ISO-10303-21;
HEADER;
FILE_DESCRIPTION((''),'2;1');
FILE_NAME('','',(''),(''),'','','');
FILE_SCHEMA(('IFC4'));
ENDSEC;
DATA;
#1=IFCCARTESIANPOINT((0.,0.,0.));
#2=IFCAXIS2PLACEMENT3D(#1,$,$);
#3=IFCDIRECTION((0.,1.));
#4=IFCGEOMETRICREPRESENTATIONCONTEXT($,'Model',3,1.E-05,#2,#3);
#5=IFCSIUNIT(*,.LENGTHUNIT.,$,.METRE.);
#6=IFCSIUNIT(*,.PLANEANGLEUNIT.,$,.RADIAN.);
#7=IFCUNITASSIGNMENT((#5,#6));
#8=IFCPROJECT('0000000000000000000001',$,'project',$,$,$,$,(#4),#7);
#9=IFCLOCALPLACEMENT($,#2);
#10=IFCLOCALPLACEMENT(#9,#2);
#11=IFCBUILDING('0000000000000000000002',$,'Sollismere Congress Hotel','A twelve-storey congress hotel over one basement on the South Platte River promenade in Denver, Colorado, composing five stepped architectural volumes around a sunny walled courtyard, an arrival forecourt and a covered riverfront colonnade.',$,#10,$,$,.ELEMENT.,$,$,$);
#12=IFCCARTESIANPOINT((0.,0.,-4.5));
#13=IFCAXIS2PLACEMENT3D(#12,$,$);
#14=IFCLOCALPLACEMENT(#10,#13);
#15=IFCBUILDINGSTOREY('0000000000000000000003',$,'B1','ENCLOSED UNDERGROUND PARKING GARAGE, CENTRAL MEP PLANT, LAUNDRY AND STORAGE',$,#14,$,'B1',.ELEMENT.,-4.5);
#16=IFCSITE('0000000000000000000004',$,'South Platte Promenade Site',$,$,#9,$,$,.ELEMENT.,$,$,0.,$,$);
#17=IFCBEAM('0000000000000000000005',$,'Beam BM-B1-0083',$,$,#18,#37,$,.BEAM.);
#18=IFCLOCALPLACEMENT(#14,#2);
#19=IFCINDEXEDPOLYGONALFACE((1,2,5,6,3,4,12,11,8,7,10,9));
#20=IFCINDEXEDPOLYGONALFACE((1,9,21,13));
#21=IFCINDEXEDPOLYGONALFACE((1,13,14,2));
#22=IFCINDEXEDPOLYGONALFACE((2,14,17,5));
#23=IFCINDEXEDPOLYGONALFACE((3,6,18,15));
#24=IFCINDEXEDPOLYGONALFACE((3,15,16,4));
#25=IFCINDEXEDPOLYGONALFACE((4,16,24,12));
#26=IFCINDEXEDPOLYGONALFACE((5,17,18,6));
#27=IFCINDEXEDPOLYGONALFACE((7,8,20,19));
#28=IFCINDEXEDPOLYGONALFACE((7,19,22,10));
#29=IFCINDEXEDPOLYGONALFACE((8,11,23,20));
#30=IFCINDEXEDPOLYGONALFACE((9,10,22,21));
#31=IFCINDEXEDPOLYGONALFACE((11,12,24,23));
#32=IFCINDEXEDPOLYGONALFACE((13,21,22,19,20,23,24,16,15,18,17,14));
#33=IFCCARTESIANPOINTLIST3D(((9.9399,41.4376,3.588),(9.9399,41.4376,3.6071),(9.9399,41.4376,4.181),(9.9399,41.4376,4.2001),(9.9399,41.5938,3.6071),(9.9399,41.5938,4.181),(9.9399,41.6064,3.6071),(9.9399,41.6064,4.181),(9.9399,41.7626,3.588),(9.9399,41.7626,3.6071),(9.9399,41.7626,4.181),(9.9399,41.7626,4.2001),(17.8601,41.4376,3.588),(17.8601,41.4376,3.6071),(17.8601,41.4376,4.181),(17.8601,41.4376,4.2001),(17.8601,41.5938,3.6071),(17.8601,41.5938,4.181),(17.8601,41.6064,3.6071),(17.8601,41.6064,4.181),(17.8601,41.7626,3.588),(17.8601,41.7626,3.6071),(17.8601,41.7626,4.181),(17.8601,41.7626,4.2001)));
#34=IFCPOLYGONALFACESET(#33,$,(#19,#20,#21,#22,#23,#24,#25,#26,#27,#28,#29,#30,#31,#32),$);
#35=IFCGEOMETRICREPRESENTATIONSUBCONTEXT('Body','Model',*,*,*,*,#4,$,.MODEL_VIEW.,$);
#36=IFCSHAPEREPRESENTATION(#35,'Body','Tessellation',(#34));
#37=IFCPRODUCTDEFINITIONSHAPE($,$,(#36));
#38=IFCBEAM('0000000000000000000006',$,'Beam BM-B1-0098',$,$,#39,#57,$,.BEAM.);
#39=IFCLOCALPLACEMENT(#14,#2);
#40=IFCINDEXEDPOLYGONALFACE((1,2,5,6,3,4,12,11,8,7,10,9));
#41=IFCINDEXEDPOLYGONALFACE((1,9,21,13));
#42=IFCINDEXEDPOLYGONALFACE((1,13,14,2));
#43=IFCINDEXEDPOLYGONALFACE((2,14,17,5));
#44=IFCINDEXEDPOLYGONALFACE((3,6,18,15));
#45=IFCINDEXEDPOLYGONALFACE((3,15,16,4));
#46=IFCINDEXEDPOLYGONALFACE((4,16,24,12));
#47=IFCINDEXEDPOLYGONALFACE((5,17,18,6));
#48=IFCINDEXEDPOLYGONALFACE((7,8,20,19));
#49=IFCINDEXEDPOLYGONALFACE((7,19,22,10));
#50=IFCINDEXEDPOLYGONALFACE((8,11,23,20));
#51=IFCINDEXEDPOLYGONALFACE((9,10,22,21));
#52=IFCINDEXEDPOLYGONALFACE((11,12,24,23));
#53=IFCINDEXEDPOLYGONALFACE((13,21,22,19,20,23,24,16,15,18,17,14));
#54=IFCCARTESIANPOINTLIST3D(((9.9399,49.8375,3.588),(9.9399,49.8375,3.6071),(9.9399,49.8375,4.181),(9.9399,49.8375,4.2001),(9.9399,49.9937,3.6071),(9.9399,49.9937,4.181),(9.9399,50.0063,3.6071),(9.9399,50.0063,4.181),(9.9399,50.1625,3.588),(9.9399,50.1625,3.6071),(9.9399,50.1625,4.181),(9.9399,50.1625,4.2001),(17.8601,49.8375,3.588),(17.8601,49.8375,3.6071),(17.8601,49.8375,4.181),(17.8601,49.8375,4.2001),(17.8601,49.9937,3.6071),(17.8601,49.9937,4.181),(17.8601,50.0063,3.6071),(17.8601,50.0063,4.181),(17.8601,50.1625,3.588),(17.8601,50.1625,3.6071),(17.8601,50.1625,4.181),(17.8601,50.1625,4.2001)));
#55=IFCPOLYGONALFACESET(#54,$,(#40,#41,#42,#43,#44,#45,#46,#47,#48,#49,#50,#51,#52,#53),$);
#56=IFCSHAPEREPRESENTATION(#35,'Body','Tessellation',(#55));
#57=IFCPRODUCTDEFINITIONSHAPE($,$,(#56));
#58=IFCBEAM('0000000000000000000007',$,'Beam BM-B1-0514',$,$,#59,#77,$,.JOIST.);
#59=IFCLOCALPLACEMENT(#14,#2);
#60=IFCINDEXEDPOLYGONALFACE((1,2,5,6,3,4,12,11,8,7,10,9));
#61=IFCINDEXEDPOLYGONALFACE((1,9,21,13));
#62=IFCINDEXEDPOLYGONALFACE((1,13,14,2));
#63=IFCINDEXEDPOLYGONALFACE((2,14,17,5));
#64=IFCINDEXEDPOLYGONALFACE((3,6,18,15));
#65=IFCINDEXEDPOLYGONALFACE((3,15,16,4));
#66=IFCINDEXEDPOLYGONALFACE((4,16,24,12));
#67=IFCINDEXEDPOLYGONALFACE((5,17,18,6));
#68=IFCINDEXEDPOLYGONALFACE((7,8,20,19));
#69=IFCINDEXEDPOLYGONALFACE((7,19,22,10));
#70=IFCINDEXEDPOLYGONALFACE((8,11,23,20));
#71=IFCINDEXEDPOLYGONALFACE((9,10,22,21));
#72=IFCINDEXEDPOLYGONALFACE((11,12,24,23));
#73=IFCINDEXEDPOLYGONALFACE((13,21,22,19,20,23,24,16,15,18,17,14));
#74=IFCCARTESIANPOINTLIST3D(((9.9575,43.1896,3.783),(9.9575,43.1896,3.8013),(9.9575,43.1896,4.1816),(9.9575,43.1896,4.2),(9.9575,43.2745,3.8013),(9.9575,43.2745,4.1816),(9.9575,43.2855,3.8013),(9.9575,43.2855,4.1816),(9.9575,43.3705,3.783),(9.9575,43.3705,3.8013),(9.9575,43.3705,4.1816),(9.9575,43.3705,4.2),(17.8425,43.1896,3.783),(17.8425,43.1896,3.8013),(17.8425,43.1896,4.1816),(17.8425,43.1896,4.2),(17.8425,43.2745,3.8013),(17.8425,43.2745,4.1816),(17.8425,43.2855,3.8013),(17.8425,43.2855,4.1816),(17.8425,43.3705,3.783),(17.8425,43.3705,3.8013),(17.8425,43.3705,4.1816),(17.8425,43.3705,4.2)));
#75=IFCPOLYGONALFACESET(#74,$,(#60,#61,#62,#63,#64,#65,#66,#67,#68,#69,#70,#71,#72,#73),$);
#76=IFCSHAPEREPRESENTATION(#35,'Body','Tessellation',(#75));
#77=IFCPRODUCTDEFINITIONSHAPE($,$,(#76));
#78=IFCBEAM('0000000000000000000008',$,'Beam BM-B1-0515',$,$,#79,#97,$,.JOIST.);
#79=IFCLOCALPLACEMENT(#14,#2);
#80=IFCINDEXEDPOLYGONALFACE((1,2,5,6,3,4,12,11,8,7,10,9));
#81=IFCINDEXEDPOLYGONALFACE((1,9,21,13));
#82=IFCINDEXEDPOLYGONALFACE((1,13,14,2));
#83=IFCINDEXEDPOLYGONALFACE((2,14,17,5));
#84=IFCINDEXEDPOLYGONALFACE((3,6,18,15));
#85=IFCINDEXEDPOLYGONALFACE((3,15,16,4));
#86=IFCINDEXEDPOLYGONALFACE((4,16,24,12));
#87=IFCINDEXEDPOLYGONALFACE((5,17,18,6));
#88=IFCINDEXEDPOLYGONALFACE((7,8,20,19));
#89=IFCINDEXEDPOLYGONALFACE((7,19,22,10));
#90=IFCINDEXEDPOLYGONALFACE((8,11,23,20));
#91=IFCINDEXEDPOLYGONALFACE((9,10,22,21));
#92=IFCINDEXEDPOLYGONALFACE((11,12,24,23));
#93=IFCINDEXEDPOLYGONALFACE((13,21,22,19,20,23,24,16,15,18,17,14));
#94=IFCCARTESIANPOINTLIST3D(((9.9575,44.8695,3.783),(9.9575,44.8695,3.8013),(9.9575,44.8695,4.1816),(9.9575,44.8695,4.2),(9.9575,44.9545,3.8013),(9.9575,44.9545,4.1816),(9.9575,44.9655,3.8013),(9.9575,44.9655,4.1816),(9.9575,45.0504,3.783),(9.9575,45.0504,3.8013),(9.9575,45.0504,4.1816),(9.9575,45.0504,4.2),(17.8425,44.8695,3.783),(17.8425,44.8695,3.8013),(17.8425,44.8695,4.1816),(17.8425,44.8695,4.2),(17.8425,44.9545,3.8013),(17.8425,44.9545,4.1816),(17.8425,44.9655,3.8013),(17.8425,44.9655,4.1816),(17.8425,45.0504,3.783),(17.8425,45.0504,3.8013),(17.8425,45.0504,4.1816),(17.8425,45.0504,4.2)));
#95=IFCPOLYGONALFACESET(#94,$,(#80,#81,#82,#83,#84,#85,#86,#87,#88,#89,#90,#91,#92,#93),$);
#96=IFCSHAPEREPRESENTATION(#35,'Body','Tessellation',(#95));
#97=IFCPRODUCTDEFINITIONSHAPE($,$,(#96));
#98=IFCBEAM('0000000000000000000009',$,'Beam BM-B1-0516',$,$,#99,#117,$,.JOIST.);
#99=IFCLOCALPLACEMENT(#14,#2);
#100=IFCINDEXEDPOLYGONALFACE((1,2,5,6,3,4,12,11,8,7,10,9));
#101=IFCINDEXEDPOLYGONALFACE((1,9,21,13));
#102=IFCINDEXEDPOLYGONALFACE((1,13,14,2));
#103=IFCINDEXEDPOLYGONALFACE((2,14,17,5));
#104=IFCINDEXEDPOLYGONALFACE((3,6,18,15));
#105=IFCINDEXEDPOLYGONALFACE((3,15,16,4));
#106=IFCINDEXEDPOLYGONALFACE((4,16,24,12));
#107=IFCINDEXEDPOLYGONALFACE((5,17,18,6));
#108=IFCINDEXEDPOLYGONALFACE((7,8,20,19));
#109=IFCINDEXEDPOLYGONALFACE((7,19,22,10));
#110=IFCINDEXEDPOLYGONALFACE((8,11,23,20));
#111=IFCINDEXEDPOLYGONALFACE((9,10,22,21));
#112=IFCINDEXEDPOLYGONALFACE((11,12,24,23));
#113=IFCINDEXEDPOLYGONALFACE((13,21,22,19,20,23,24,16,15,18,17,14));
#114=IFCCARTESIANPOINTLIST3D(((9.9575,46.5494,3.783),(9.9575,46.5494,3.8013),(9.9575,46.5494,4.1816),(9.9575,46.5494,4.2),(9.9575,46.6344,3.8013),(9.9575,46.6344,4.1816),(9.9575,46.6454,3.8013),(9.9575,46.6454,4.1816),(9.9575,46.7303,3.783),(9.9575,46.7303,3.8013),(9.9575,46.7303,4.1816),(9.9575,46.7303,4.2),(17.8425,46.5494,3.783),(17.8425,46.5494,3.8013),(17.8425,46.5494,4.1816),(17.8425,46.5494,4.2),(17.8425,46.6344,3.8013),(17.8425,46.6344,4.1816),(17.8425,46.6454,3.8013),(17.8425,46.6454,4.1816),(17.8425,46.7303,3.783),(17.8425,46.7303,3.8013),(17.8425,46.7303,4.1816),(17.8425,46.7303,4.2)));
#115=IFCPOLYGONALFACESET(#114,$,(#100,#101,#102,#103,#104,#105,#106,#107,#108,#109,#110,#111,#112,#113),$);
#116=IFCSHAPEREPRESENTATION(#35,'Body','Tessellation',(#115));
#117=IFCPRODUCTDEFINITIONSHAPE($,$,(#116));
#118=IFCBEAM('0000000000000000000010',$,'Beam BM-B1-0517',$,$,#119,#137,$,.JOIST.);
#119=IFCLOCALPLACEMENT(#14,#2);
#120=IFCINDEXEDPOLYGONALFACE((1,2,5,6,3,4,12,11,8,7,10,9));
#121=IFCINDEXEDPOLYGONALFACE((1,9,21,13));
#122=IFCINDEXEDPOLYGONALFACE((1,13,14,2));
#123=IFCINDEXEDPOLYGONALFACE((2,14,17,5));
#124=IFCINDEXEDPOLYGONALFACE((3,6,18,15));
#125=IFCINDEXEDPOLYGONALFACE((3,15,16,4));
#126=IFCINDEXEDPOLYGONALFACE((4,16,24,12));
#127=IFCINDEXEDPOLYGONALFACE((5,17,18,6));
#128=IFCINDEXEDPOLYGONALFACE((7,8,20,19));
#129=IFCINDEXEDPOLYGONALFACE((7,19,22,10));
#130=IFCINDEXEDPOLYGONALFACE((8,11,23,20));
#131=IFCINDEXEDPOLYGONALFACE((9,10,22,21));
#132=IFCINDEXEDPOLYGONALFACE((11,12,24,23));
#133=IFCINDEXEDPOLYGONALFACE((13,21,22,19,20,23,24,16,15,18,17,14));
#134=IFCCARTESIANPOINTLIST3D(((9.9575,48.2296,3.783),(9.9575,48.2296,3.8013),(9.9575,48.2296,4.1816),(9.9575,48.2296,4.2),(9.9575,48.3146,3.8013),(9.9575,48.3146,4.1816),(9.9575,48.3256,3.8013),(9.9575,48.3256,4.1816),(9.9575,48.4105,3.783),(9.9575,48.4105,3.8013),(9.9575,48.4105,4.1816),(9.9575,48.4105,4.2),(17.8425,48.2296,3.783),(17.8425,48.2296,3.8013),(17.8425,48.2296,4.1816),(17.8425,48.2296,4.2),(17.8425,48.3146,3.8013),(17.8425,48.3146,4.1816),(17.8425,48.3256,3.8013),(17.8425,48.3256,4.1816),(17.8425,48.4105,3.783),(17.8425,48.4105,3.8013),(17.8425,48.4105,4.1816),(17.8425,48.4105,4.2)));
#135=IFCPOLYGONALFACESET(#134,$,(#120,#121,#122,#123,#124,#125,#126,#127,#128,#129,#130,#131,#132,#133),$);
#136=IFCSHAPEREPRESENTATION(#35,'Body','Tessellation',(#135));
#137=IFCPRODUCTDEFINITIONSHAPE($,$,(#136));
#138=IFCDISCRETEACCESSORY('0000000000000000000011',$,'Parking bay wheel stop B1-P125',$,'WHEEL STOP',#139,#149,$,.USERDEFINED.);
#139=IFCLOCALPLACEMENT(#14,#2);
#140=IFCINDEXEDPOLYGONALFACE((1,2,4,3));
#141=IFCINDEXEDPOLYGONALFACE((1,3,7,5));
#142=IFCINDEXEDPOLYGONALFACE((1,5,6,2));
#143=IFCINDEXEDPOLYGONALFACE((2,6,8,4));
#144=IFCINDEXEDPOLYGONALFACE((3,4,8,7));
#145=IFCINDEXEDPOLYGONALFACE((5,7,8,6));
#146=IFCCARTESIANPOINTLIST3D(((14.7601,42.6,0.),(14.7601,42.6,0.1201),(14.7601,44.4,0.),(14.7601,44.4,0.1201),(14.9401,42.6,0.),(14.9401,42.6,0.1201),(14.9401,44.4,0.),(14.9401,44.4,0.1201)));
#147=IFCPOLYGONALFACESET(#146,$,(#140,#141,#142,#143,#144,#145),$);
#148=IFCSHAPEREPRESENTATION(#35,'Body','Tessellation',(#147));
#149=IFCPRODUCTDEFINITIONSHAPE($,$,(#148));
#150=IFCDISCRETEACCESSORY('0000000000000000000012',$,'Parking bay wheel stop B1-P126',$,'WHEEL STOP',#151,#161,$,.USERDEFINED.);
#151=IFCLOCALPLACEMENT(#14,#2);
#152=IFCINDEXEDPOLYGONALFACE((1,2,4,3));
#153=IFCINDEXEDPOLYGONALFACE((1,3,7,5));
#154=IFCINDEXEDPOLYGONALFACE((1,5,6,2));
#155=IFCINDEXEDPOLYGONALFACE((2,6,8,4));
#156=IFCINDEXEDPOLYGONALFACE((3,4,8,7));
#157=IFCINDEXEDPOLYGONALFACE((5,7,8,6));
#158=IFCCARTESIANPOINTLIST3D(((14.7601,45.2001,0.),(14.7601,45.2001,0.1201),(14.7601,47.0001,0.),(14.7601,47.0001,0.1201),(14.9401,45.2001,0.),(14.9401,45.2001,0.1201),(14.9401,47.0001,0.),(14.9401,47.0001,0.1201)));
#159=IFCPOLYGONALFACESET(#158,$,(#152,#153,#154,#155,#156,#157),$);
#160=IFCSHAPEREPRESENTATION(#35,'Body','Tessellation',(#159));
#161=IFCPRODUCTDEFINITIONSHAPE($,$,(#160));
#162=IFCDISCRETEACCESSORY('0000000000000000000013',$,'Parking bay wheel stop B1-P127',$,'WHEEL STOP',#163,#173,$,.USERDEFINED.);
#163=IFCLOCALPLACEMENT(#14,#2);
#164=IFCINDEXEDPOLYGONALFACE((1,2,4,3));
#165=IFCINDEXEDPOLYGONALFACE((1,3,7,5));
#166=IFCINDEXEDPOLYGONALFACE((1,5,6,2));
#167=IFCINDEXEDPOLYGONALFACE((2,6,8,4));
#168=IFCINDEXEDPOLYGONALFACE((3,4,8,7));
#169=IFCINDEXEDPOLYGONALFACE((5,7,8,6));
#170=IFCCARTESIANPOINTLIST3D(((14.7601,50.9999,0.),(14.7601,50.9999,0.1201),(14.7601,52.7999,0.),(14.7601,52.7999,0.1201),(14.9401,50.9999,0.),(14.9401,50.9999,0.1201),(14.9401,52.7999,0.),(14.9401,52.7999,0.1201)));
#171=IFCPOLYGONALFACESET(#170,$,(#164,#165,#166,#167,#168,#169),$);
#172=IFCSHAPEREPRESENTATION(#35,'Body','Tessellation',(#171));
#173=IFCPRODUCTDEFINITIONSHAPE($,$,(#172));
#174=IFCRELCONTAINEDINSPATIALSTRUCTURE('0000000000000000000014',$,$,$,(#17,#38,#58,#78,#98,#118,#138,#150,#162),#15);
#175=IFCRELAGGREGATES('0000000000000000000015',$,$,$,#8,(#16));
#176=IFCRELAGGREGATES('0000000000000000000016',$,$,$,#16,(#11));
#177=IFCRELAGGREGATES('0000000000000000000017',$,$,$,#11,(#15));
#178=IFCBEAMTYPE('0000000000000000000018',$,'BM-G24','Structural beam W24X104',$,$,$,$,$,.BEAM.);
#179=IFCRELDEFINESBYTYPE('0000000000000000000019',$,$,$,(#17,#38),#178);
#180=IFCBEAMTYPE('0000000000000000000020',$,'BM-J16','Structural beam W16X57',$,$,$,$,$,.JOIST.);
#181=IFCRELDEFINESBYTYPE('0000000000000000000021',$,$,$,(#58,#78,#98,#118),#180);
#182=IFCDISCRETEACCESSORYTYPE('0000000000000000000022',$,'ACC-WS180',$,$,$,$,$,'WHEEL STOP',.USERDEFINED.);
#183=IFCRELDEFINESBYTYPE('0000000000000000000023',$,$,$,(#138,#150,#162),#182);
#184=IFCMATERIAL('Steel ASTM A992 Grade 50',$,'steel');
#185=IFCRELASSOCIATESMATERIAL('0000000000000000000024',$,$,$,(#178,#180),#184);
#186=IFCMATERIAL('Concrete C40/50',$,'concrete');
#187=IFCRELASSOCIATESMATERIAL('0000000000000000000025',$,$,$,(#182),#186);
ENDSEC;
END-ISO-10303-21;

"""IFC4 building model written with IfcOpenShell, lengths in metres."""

from ifc_helpers import new_model, si_unit, direction, frame, origin, origin_2d, place, context, subcontext, project, spatial, rectangle, i_section, extrude, material, material_profile, profile_set, type_object, element, save


model = new_model("IFC4")

# Units and contexts
model_context = context("Model", 3, precision=1e-05, world=origin(), true_north=direction((0.0, 1.0)))
body_context = subcontext(model_context, "Body", "Model", "MODEL_VIEW")
ifc_project = project(units=[si_unit("LENGTHUNIT", "METRE"), si_unit("PLANEANGLEUNIT", "RADIAN")], contexts=[model_context])

# Site, building, storey
site_placement = place(None, origin())
site = spatial("IfcSite", under=ifc_project, at=site_placement, Name="South Platte Promenade Site", CompositionType="ELEMENT", RefElevation=0.0)
building_placement = place(site_placement, origin())
building = spatial("IfcBuilding", under=site, at=building_placement, Name="Sollismere Congress Hotel", Description="A twelve-storey congress hotel over one basement on the South Platte River promenade in Denver, Colorado, composing five stepped architectural volumes around a sunny walled courtyard, an arrival forecourt and a covered riverfront colonnade.", CompositionType="ELEMENT")
storey_placement = place(building_placement, frame((0.0, 0.0, -4.5)))
storey = spatial("IfcBuildingStorey", under=building, at=storey_placement, Name="B1", Description="ENCLOSED UNDERGROUND PARKING GARAGE, CENTRAL MEP PLANT, LAUNDRY AND STORAGE", LongName="B1", CompositionType="ELEMENT", Elevation=-4.5)

# Shared definitions
ifc_material_1 = material(Name="Concrete C40/50", Category="concrete")

# Beams
ifc_material_2 = material(Name="Steel ASTM A992 Grade 50", Category="steel")
ifc_material_profile_1 = material_profile(ifc_material_2, i_section(OverallWidth=0.325, OverallDepth=0.6121, WebThickness=0.0127, FlangeThickness=0.019, at=origin_2d()), Name="W24X104")
ifc_profile_set_1 = profile_set([ifc_material_profile_1], Name="Steel ASTM A992 Grade 50")
beam_type_1 = type_object("IfcBeamType", Name="BM-G24", Description="Structural beam W24X104", PredefinedType="BEAM", material=ifc_profile_set_1)
for number, where, z_axis, x_axis, name in (
    (1, (9.9399, 41.6001, 3.894), (1.0, 0.0, 0.0), (0.0, 1.0, 0.0), "Beam BM-B1-0083"),
    (2, (9.9399, 50.0, 3.894), (1.0, 0.0, 0.0), (0.0, 1.0, 0.0), "Beam BM-B1-0098"),
):
    element("IfcBeam", number, at=place(storey_placement, frame(where, z_axis=z_axis, x_axis=x_axis)), inside=storey, type_object=beam_type_1, Name=name, PredefinedType="BEAM", context=body_context, shape_type="SweptSolid", body=[
        extrude(i_section(OverallWidth=0.325, OverallDepth=0.6121, WebThickness=0.0127, FlangeThickness=0.019, at=origin_2d()), origin(), (0.0, 0.0, 1.0), 7.9202),
    ])
ifc_material_profile_2 = material_profile(ifc_material_2, i_section(OverallWidth=0.1809, OverallDepth=0.417, WebThickness=0.011, FlangeThickness=0.0183, at=origin_2d()), Name="W16X57")
ifc_profile_set_2 = profile_set([ifc_material_profile_2], Name="Steel ASTM A992 Grade 50")
beam_type_2 = type_object("IfcBeamType", Name="BM-J16", Description="Structural beam W16X57", PredefinedType="JOIST", material=ifc_profile_set_2)
for number, where, z_axis, x_axis, name in (
    (3, (9.9575, 43.28, 3.9915), (1.0, 0.0, 0.0), (0.0, 1.0, 0.0), "Beam BM-B1-0514"),
    (4, (9.9575, 44.96, 3.9915), (1.0, 0.0, 0.0), (0.0, 1.0, 0.0), "Beam BM-B1-0515"),
    (5, (9.9575, 46.6399, 3.9915), (1.0, 0.0, 0.0), (0.0, 1.0, 0.0), "Beam BM-B1-0516"),
    (6, (9.9575, 48.3201, 3.9915), (1.0, 0.0, 0.0), (0.0, 1.0, 0.0), "Beam BM-B1-0517"),
):
    element("IfcBeam", number, at=place(storey_placement, frame(where, z_axis=z_axis, x_axis=x_axis)), inside=storey, type_object=beam_type_2, Name=name, PredefinedType="JOIST", context=body_context, shape_type="SweptSolid", body=[
        extrude(i_section(OverallWidth=0.1809, OverallDepth=0.417, WebThickness=0.011, FlangeThickness=0.0183, at=origin_2d()), origin(), (0.0, 0.0, 1.0), 7.885),
    ])

# Discrete accessories
discrete_accessory_type = type_object("IfcDiscreteAccessoryType", Name="ACC-WS180", ElementType="WHEEL STOP", PredefinedType="USERDEFINED", material=ifc_material_1)
for number, where, z_axis, x_axis, name in (
    (7, (14.8501, 43.5, 0.0), (0.0, 0.0, 1.0), (1.0, 0.0, 0.0), "Parking bay wheel stop B1-P125"),
    (8, (14.8501, 46.1001, 0.0), (0.0, 0.0, 1.0), (1.0, 0.0, 0.0), "Parking bay wheel stop B1-P126"),
    (9, (14.8501, 51.8999, 0.0), (0.0, 0.0, 1.0), (1.0, 0.0, 0.0), "Parking bay wheel stop B1-P127"),
):
    element("IfcDiscreteAccessory", number, at=place(storey_placement, frame(where, z_axis=z_axis, x_axis=x_axis)), inside=storey, type_object=discrete_accessory_type, Name=name, ObjectType="WHEEL STOP", PredefinedType="USERDEFINED", context=body_context, shape_type="SweptSolid", body=[
        extrude(rectangle(XDim=0.1799, YDim=1.8, at=origin_2d()), origin(), (0.0, 0.0, 1.0), 0.1201),
    ])

save(model, "model.ifc")
